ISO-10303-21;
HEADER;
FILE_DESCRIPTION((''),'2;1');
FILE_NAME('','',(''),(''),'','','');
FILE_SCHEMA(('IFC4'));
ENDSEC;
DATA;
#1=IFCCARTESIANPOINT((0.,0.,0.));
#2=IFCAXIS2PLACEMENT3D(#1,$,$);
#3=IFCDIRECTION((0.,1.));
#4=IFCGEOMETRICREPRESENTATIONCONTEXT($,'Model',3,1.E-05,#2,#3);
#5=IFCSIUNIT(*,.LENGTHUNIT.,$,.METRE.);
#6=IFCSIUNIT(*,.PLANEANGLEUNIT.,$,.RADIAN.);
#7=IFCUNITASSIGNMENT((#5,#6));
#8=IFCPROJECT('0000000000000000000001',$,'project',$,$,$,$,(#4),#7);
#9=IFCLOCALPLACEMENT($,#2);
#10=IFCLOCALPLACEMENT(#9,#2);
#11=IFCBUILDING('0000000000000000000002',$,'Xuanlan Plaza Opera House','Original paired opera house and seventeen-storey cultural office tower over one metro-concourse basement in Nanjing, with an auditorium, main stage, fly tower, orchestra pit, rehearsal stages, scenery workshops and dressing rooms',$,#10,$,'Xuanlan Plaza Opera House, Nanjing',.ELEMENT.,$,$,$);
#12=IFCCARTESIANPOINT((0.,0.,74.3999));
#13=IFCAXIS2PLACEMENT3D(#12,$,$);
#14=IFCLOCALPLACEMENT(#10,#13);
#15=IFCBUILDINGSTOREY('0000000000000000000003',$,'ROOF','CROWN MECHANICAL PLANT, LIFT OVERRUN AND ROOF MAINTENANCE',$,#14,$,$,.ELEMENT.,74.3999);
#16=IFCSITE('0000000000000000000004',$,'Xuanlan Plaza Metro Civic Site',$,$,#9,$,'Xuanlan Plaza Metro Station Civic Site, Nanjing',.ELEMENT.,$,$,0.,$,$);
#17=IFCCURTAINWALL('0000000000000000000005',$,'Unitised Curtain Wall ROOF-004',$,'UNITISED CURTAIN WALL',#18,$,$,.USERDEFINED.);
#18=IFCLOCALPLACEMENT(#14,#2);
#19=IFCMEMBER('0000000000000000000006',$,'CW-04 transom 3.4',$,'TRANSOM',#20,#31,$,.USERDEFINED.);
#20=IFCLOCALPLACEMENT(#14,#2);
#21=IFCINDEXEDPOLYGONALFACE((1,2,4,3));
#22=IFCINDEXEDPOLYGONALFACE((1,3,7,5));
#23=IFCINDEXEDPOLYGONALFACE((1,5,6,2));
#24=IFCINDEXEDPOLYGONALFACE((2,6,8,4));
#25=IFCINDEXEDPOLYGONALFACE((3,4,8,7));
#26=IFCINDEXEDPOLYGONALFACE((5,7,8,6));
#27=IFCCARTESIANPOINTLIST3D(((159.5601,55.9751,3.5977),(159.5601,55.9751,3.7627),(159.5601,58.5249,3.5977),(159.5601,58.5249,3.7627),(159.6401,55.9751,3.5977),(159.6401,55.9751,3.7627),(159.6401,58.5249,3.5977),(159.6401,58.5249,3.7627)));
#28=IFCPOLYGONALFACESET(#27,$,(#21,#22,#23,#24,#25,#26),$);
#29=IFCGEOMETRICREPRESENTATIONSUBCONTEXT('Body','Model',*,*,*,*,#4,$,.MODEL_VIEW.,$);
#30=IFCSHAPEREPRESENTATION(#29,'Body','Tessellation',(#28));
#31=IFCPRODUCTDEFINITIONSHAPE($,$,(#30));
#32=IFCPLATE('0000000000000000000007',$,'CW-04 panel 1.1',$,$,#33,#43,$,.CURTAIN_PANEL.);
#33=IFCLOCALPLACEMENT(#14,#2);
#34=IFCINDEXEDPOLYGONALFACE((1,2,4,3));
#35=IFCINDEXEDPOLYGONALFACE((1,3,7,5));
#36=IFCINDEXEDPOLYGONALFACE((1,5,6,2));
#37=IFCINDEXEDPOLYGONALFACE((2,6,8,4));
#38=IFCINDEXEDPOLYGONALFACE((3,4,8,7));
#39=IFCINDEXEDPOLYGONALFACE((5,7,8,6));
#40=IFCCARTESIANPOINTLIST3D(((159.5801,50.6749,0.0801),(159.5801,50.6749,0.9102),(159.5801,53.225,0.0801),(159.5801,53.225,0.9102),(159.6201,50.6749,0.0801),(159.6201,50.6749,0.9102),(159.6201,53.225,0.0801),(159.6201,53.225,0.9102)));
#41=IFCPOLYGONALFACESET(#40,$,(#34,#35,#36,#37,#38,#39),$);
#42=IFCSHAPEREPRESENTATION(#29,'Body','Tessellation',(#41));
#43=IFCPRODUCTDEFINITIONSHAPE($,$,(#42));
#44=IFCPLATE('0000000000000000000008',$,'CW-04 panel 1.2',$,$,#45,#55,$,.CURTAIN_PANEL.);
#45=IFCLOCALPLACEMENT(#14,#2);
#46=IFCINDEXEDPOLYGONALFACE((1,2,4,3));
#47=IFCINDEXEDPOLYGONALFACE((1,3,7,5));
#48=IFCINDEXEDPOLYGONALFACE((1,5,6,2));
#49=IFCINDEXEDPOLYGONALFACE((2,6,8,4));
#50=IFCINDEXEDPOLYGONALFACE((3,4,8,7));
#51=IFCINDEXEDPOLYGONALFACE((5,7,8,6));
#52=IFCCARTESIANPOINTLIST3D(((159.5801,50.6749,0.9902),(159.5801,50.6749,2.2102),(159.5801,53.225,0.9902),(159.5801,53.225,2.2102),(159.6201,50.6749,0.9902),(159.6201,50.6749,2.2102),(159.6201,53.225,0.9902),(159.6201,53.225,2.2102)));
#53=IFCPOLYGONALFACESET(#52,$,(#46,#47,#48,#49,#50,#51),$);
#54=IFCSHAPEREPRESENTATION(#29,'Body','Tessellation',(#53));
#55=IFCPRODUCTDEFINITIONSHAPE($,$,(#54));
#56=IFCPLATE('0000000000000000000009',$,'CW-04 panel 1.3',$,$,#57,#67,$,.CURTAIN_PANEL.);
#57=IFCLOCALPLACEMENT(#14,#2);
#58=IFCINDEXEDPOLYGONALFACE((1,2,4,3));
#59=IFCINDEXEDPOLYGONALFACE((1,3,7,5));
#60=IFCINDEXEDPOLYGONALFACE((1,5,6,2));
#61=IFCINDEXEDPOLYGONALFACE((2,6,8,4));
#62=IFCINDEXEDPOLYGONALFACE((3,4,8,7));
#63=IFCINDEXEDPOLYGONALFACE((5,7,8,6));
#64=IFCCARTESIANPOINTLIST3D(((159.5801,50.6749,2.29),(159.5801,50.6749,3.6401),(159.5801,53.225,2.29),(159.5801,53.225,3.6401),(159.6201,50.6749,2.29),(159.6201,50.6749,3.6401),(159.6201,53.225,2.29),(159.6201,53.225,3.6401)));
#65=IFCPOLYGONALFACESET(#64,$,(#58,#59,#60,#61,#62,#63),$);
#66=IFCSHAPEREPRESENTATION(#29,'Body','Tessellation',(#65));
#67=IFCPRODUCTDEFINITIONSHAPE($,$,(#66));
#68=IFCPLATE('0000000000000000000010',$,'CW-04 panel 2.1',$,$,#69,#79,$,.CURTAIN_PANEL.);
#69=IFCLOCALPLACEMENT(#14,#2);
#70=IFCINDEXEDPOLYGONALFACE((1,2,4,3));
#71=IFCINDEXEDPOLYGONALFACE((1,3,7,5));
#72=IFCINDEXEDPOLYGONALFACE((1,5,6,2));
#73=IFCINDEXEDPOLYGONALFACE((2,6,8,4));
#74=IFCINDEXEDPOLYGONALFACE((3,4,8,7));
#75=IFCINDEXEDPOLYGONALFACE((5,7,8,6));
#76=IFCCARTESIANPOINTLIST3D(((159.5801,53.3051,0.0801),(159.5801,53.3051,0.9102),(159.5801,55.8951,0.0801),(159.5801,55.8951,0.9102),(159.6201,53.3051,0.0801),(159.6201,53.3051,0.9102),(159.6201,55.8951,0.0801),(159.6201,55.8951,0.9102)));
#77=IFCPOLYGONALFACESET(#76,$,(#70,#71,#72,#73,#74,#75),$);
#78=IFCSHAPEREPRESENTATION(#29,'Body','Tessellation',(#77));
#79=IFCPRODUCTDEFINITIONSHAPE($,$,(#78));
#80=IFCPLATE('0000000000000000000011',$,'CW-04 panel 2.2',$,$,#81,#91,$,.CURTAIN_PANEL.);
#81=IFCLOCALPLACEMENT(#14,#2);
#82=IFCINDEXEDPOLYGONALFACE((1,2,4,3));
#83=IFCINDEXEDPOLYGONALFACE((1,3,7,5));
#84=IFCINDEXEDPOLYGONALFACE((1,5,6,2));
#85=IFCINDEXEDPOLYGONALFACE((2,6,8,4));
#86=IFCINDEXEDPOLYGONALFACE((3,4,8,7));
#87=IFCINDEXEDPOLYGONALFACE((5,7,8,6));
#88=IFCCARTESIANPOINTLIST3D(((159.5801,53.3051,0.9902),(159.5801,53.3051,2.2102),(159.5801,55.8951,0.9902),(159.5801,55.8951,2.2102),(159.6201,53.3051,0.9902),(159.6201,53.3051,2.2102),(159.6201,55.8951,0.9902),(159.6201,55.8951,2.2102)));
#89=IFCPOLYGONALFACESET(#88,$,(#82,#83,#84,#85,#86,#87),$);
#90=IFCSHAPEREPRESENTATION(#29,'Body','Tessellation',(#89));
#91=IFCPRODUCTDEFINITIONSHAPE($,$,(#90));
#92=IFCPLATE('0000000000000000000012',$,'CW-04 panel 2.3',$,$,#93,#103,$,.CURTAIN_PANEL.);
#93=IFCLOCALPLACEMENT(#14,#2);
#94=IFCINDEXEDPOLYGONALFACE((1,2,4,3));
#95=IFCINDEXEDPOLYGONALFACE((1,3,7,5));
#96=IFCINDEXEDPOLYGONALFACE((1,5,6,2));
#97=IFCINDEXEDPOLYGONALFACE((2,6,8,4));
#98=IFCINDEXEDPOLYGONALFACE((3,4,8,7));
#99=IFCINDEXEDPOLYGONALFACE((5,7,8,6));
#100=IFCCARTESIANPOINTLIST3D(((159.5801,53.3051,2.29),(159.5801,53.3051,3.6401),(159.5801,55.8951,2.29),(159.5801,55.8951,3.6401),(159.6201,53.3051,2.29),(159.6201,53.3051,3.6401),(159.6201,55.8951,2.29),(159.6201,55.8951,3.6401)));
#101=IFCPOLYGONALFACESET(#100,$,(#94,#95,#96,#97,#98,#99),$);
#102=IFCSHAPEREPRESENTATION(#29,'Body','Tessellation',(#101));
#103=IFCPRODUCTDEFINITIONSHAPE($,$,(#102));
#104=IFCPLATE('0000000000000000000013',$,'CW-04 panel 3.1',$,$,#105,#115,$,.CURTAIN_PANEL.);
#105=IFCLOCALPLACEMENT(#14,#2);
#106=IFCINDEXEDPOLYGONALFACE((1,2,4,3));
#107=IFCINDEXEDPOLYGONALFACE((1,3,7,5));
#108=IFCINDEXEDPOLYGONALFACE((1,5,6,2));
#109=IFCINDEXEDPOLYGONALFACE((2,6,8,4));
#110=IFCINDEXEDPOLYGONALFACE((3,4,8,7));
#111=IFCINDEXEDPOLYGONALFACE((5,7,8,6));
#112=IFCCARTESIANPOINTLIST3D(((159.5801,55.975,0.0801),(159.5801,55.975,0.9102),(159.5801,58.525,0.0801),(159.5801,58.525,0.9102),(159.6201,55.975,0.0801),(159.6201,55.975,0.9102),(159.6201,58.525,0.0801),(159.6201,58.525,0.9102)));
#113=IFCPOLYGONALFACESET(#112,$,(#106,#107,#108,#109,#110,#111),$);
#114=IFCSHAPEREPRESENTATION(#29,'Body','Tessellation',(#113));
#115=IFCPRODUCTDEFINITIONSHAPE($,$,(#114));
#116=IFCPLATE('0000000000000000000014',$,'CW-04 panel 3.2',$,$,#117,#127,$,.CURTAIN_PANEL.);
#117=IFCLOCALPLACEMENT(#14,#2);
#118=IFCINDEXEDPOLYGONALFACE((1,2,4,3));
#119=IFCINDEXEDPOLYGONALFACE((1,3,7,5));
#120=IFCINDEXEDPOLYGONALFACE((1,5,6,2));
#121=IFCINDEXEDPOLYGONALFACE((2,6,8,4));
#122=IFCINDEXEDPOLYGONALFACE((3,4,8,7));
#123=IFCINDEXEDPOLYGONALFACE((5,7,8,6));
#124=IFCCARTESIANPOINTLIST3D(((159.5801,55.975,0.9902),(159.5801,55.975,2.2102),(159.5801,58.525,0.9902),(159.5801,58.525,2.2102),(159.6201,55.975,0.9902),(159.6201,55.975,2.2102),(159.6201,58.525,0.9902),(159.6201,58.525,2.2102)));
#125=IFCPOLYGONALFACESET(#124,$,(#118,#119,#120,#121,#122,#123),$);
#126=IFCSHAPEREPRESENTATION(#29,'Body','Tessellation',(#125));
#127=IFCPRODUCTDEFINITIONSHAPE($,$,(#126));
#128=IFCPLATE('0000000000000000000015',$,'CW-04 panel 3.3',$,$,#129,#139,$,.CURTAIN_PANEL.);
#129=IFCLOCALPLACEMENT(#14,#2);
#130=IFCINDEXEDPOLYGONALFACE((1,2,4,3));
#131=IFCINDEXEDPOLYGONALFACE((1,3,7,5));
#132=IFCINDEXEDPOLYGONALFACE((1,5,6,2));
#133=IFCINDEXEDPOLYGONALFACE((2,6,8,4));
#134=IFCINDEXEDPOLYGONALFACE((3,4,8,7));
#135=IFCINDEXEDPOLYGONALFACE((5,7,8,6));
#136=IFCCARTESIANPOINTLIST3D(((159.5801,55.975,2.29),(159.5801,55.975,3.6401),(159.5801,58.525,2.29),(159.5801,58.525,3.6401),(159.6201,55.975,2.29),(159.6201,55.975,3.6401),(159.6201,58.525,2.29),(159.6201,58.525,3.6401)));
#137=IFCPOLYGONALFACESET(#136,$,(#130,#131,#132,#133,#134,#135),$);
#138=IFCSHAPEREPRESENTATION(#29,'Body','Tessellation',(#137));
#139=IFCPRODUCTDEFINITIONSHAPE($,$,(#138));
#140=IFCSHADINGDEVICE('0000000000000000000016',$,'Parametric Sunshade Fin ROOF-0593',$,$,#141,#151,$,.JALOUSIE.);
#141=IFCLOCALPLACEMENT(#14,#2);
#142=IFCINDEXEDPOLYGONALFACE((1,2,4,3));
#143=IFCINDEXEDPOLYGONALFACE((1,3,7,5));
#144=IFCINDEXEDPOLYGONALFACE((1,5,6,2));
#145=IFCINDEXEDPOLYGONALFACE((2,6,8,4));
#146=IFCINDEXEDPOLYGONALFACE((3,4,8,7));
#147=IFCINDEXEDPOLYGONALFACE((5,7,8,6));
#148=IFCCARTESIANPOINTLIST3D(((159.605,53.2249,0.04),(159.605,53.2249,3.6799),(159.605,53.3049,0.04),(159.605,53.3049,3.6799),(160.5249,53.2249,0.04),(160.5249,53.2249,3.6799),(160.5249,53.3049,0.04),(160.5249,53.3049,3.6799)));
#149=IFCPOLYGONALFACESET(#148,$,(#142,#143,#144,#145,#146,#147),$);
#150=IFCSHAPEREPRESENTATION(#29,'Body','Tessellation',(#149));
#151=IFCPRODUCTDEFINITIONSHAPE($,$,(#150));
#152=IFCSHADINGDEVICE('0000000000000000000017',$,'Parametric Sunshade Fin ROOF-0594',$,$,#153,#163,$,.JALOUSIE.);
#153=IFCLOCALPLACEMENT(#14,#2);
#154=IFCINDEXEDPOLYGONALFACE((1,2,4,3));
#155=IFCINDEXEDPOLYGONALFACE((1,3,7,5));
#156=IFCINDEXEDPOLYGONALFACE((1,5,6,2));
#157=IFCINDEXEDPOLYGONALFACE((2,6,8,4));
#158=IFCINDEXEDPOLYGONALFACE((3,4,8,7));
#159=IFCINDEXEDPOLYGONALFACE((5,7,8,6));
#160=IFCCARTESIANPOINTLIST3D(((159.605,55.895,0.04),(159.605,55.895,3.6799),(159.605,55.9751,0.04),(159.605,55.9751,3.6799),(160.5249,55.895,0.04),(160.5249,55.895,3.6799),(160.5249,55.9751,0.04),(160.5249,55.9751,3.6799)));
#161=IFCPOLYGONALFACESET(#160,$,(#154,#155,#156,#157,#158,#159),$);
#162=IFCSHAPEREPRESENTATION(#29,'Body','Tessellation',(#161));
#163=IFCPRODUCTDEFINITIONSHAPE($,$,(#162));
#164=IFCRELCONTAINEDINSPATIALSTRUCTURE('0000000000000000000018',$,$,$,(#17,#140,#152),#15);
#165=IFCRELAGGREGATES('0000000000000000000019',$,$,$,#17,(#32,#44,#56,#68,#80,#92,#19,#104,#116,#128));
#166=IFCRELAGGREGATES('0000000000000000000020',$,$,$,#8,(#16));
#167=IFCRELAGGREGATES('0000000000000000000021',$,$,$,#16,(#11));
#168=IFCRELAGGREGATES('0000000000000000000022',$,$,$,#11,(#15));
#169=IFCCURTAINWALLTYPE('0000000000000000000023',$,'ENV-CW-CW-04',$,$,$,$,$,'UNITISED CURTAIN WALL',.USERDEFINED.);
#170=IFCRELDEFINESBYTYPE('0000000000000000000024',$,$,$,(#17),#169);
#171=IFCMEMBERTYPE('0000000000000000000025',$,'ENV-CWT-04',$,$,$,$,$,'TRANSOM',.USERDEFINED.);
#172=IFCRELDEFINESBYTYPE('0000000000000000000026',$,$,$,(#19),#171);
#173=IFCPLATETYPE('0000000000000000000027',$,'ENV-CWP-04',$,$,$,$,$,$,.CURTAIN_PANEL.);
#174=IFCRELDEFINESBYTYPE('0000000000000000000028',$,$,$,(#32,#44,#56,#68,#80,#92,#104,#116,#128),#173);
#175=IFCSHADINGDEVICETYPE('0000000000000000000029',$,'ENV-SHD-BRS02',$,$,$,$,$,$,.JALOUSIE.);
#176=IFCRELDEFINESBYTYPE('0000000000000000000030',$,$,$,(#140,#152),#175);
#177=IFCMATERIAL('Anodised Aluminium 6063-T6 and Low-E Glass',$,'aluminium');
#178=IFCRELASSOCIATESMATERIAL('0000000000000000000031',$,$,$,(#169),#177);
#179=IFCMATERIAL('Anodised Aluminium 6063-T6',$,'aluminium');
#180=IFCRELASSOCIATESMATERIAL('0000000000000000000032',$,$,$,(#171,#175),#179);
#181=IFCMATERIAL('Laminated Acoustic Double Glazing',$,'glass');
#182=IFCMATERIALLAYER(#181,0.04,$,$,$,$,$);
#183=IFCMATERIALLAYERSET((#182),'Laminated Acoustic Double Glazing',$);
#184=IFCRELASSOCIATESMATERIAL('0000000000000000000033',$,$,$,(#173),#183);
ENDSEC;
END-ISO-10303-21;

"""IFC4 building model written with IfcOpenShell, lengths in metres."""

from ifc_helpers import new_model, si_unit, direction, frame, origin, origin_2d, place, context, subcontext, project, spatial, rectangle, extrude, material, layer, layer_set, material_profile, profile_set, type_object, element, aggregate, save


model = new_model("IFC4")

# Units and contexts
model_context = context("Model", 3, precision=1e-05, world=origin(), true_north=direction((0.0, 1.0)))
body_context = subcontext(model_context, "Body", "Model", "MODEL_VIEW")
ifc_project = project(units=[si_unit("LENGTHUNIT", "METRE"), si_unit("PLANEANGLEUNIT", "RADIAN")], contexts=[model_context])

# Site, building, storey
site_placement = place(None, origin())
site = spatial("IfcSite", under=ifc_project, at=site_placement, Name="Xuanlan Plaza Metro Civic Site", LongName="Xuanlan Plaza Metro Station Civic Site, Nanjing", CompositionType="ELEMENT", RefElevation=0.0)
building_placement = place(site_placement, origin())
building = spatial("IfcBuilding", under=site, at=building_placement, Name="Xuanlan Plaza Opera House", Description="Original paired opera house and seventeen-storey cultural office tower over one metro-concourse basement in Nanjing, with an auditorium, main stage, fly tower, orchestra pit, rehearsal stages, scenery workshops and dressing rooms", LongName="Xuanlan Plaza Opera House, Nanjing", CompositionType="ELEMENT")
storey_placement = place(building_placement, frame((0.0, 0.0, 74.3999)))
storey = spatial("IfcBuildingStorey", under=building, at=storey_placement, Name="ROOF", Description="CROWN MECHANICAL PLANT, LIFT OVERRUN AND ROOF MAINTENANCE", CompositionType="ELEMENT", Elevation=74.3999)

# Curtain wall, member, plates
ifc_material_1 = material(Name="Anodised Aluminium 6063-T6 and Low-E Glass", Category="aluminium")
curtain_wall_type = type_object("IfcCurtainWallType", Name="ENV-CW-CW-04", ElementType="UNITISED CURTAIN WALL", PredefinedType="USERDEFINED", material=ifc_material_1)
curtain_wall_placement = place(storey_placement, origin())
curtain_wall = element("IfcCurtainWall", 1, at=curtain_wall_placement, inside=storey, type_object=curtain_wall_type, Name="Unitised Curtain Wall ROOF-004", ObjectType="UNITISED CURTAIN WALL", PredefinedType="USERDEFINED")
ifc_material_2 = material(Name="Anodised Aluminium 6063-T6", Category="aluminium")
ifc_material_profile_1 = material_profile(ifc_material_2, rectangle(XDim=0.0801, YDim=0.165, at=origin_2d()), Name="ALU-T 80x165")
ifc_profile_set_1 = profile_set([ifc_material_profile_1], Name="Anodised Aluminium 6063-T6")
member_type_1 = type_object("IfcMemberType", Name="ENV-CWT-04", ElementType="TRANSOM", PredefinedType="USERDEFINED", material=ifc_profile_set_1)
member_1_placement = place(storey_placement, frame((159.6001, 55.9751, 3.6802), z_axis=(0.0, 1.0, 0.0), x_axis=(-1.0, 0.0, 0.0)))
member_1 = element("IfcMember", 2, at=member_1_placement, type_object=member_type_1, Name="CW-04 transom 3.4", ObjectType="TRANSOM", PredefinedType="USERDEFINED", context=body_context, shape_type="SweptSolid", body=[
    extrude(rectangle(XDim=0.0801, YDim=0.165, at=origin_2d()), origin(), (0.0, 0.0, 1.0), 2.5498),
])
ifc_material_3 = material(Name="Laminated Acoustic Double Glazing", Category="glass")
ifc_layer = layer(ifc_material_3, 0.04)
ifc_layer_set = layer_set([ifc_layer], Name="Laminated Acoustic Double Glazing")
plate_type = type_object("IfcPlateType", Name="ENV-CWP-04", PredefinedType="CURTAIN_PANEL", material=ifc_layer_set)
plate_1_placement = place(storey_placement, frame((159.6001, 51.95, 0.0801), z_axis=(0.0, 0.0, 1.0), x_axis=(0.0, 1.0, 0.0)))
plate_1 = element("IfcPlate", 3, at=plate_1_placement, type_object=plate_type, Name="CW-04 panel 1.1", PredefinedType="CURTAIN_PANEL", context=body_context, shape_type="SweptSolid", body=[
    extrude(rectangle(XDim=2.55, YDim=0.04, at=origin_2d()), origin(), (0.0, 0.0, 1.0), 0.8301),
])
plate_2_placement = place(storey_placement, frame((159.6001, 51.95, 0.9902), z_axis=(0.0, 0.0, 1.0), x_axis=(0.0, 1.0, 0.0)))
plate_2 = element("IfcPlate", 4, at=plate_2_placement, type_object=plate_type, Name="CW-04 panel 1.2", PredefinedType="CURTAIN_PANEL", context=body_context, shape_type="SweptSolid", body=[
    extrude(rectangle(XDim=2.55, YDim=0.04, at=origin_2d()), origin(), (0.0, 0.0, 1.0), 1.22),
])
plate_3_placement = place(storey_placement, frame((159.6001, 51.95, 2.29), z_axis=(0.0, 0.0, 1.0), x_axis=(0.0, 1.0, 0.0)))
plate_3 = element("IfcPlate", 5, at=plate_3_placement, type_object=plate_type, Name="CW-04 panel 1.3", PredefinedType="CURTAIN_PANEL", context=body_context, shape_type="SweptSolid", body=[
    extrude(rectangle(XDim=2.55, YDim=0.04, at=origin_2d()), origin(), (0.0, 0.0, 1.0), 1.3501),
])
plate_4_placement = place(storey_placement, frame((159.6001, 54.6001, 0.0801), z_axis=(0.0, 0.0, 1.0), x_axis=(0.0, 1.0, 0.0)))
plate_4 = element("IfcPlate", 6, at=plate_4_placement, type_object=plate_type, Name="CW-04 panel 2.1", PredefinedType="CURTAIN_PANEL", context=body_context, shape_type="SweptSolid", body=[
    extrude(rectangle(XDim=2.5901, YDim=0.04, at=origin_2d()), origin(), (0.0, 0.0, 1.0), 0.8301),
])
plate_5_placement = place(storey_placement, frame((159.6001, 54.6001, 0.9902), z_axis=(0.0, 0.0, 1.0), x_axis=(0.0, 1.0, 0.0)))
plate_5 = element("IfcPlate", 7, at=plate_5_placement, type_object=plate_type, Name="CW-04 panel 2.2", PredefinedType="CURTAIN_PANEL", context=body_context, shape_type="SweptSolid", body=[
    extrude(rectangle(XDim=2.5901, YDim=0.04, at=origin_2d()), origin(), (0.0, 0.0, 1.0), 1.22),
])
plate_6_placement = place(storey_placement, frame((159.6001, 54.6001, 2.29), z_axis=(0.0, 0.0, 1.0), x_axis=(0.0, 1.0, 0.0)))
plate_6 = element("IfcPlate", 8, at=plate_6_placement, type_object=plate_type, Name="CW-04 panel 2.3", PredefinedType="CURTAIN_PANEL", context=body_context, shape_type="SweptSolid", body=[
    extrude(rectangle(XDim=2.5901, YDim=0.04, at=origin_2d()), origin(), (0.0, 0.0, 1.0), 1.3501),
])
plate_7_placement = place(storey_placement, frame((159.6001, 57.25, 0.0801), z_axis=(0.0, 0.0, 1.0), x_axis=(0.0, 1.0, 0.0)))
plate_7 = element("IfcPlate", 9, at=plate_7_placement, type_object=plate_type, Name="CW-04 panel 3.1", PredefinedType="CURTAIN_PANEL", context=body_context, shape_type="SweptSolid", body=[
    extrude(rectangle(XDim=2.55, YDim=0.04, at=origin_2d()), origin(), (0.0, 0.0, 1.0), 0.8301),
])
plate_8_placement = place(storey_placement, frame((159.6001, 57.25, 0.9902), z_axis=(0.0, 0.0, 1.0), x_axis=(0.0, 1.0, 0.0)))
plate_8 = element("IfcPlate", 10, at=plate_8_placement, type_object=plate_type, Name="CW-04 panel 3.2", PredefinedType="CURTAIN_PANEL", context=body_context, shape_type="SweptSolid", body=[
    extrude(rectangle(XDim=2.55, YDim=0.04, at=origin_2d()), origin(), (0.0, 0.0, 1.0), 1.22),
])
plate_9_placement = place(storey_placement, frame((159.6001, 57.25, 2.29), z_axis=(0.0, 0.0, 1.0), x_axis=(0.0, 1.0, 0.0)))
plate_9 = element("IfcPlate", 11, at=plate_9_placement, type_object=plate_type, Name="CW-04 panel 3.3", PredefinedType="CURTAIN_PANEL", context=body_context, shape_type="SweptSolid", body=[
    extrude(rectangle(XDim=2.55, YDim=0.04, at=origin_2d()), origin(), (0.0, 0.0, 1.0), 1.3501),
])
aggregate(curtain_wall, [plate_1, plate_2, plate_3, plate_4, plate_5, plate_6, member_1, plate_7, plate_8, plate_9])

# Shading devices
shading_device_type = type_object("IfcShadingDeviceType", Name="ENV-SHD-BRS02", PredefinedType="JALOUSIE", material=ifc_material_2)
for number, where, z_axis, x_axis, name in (
    (12, (160.0649, 53.2649, 0.04), (0.0, 0.0, 1.0), (1.0, 0.0, 0.0), "Parametric Sunshade Fin ROOF-0593"),
    (13, (160.0649, 55.9351, 0.04), (0.0, 0.0, 1.0), (1.0, 0.0, 0.0), "Parametric Sunshade Fin ROOF-0594"),
):
    element("IfcShadingDevice", number, at=place(storey_placement, frame(where, z_axis=z_axis, x_axis=x_axis)), inside=storey, type_object=shading_device_type, Name=name, PredefinedType="JALOUSIE", context=body_context, shape_type="SweptSolid", body=[
        extrude(rectangle(XDim=0.9199, YDim=0.0801, at=origin_2d()), origin(), (0.0, 0.0, 1.0), 3.6399),
    ])

save(model, "model.ifc")
